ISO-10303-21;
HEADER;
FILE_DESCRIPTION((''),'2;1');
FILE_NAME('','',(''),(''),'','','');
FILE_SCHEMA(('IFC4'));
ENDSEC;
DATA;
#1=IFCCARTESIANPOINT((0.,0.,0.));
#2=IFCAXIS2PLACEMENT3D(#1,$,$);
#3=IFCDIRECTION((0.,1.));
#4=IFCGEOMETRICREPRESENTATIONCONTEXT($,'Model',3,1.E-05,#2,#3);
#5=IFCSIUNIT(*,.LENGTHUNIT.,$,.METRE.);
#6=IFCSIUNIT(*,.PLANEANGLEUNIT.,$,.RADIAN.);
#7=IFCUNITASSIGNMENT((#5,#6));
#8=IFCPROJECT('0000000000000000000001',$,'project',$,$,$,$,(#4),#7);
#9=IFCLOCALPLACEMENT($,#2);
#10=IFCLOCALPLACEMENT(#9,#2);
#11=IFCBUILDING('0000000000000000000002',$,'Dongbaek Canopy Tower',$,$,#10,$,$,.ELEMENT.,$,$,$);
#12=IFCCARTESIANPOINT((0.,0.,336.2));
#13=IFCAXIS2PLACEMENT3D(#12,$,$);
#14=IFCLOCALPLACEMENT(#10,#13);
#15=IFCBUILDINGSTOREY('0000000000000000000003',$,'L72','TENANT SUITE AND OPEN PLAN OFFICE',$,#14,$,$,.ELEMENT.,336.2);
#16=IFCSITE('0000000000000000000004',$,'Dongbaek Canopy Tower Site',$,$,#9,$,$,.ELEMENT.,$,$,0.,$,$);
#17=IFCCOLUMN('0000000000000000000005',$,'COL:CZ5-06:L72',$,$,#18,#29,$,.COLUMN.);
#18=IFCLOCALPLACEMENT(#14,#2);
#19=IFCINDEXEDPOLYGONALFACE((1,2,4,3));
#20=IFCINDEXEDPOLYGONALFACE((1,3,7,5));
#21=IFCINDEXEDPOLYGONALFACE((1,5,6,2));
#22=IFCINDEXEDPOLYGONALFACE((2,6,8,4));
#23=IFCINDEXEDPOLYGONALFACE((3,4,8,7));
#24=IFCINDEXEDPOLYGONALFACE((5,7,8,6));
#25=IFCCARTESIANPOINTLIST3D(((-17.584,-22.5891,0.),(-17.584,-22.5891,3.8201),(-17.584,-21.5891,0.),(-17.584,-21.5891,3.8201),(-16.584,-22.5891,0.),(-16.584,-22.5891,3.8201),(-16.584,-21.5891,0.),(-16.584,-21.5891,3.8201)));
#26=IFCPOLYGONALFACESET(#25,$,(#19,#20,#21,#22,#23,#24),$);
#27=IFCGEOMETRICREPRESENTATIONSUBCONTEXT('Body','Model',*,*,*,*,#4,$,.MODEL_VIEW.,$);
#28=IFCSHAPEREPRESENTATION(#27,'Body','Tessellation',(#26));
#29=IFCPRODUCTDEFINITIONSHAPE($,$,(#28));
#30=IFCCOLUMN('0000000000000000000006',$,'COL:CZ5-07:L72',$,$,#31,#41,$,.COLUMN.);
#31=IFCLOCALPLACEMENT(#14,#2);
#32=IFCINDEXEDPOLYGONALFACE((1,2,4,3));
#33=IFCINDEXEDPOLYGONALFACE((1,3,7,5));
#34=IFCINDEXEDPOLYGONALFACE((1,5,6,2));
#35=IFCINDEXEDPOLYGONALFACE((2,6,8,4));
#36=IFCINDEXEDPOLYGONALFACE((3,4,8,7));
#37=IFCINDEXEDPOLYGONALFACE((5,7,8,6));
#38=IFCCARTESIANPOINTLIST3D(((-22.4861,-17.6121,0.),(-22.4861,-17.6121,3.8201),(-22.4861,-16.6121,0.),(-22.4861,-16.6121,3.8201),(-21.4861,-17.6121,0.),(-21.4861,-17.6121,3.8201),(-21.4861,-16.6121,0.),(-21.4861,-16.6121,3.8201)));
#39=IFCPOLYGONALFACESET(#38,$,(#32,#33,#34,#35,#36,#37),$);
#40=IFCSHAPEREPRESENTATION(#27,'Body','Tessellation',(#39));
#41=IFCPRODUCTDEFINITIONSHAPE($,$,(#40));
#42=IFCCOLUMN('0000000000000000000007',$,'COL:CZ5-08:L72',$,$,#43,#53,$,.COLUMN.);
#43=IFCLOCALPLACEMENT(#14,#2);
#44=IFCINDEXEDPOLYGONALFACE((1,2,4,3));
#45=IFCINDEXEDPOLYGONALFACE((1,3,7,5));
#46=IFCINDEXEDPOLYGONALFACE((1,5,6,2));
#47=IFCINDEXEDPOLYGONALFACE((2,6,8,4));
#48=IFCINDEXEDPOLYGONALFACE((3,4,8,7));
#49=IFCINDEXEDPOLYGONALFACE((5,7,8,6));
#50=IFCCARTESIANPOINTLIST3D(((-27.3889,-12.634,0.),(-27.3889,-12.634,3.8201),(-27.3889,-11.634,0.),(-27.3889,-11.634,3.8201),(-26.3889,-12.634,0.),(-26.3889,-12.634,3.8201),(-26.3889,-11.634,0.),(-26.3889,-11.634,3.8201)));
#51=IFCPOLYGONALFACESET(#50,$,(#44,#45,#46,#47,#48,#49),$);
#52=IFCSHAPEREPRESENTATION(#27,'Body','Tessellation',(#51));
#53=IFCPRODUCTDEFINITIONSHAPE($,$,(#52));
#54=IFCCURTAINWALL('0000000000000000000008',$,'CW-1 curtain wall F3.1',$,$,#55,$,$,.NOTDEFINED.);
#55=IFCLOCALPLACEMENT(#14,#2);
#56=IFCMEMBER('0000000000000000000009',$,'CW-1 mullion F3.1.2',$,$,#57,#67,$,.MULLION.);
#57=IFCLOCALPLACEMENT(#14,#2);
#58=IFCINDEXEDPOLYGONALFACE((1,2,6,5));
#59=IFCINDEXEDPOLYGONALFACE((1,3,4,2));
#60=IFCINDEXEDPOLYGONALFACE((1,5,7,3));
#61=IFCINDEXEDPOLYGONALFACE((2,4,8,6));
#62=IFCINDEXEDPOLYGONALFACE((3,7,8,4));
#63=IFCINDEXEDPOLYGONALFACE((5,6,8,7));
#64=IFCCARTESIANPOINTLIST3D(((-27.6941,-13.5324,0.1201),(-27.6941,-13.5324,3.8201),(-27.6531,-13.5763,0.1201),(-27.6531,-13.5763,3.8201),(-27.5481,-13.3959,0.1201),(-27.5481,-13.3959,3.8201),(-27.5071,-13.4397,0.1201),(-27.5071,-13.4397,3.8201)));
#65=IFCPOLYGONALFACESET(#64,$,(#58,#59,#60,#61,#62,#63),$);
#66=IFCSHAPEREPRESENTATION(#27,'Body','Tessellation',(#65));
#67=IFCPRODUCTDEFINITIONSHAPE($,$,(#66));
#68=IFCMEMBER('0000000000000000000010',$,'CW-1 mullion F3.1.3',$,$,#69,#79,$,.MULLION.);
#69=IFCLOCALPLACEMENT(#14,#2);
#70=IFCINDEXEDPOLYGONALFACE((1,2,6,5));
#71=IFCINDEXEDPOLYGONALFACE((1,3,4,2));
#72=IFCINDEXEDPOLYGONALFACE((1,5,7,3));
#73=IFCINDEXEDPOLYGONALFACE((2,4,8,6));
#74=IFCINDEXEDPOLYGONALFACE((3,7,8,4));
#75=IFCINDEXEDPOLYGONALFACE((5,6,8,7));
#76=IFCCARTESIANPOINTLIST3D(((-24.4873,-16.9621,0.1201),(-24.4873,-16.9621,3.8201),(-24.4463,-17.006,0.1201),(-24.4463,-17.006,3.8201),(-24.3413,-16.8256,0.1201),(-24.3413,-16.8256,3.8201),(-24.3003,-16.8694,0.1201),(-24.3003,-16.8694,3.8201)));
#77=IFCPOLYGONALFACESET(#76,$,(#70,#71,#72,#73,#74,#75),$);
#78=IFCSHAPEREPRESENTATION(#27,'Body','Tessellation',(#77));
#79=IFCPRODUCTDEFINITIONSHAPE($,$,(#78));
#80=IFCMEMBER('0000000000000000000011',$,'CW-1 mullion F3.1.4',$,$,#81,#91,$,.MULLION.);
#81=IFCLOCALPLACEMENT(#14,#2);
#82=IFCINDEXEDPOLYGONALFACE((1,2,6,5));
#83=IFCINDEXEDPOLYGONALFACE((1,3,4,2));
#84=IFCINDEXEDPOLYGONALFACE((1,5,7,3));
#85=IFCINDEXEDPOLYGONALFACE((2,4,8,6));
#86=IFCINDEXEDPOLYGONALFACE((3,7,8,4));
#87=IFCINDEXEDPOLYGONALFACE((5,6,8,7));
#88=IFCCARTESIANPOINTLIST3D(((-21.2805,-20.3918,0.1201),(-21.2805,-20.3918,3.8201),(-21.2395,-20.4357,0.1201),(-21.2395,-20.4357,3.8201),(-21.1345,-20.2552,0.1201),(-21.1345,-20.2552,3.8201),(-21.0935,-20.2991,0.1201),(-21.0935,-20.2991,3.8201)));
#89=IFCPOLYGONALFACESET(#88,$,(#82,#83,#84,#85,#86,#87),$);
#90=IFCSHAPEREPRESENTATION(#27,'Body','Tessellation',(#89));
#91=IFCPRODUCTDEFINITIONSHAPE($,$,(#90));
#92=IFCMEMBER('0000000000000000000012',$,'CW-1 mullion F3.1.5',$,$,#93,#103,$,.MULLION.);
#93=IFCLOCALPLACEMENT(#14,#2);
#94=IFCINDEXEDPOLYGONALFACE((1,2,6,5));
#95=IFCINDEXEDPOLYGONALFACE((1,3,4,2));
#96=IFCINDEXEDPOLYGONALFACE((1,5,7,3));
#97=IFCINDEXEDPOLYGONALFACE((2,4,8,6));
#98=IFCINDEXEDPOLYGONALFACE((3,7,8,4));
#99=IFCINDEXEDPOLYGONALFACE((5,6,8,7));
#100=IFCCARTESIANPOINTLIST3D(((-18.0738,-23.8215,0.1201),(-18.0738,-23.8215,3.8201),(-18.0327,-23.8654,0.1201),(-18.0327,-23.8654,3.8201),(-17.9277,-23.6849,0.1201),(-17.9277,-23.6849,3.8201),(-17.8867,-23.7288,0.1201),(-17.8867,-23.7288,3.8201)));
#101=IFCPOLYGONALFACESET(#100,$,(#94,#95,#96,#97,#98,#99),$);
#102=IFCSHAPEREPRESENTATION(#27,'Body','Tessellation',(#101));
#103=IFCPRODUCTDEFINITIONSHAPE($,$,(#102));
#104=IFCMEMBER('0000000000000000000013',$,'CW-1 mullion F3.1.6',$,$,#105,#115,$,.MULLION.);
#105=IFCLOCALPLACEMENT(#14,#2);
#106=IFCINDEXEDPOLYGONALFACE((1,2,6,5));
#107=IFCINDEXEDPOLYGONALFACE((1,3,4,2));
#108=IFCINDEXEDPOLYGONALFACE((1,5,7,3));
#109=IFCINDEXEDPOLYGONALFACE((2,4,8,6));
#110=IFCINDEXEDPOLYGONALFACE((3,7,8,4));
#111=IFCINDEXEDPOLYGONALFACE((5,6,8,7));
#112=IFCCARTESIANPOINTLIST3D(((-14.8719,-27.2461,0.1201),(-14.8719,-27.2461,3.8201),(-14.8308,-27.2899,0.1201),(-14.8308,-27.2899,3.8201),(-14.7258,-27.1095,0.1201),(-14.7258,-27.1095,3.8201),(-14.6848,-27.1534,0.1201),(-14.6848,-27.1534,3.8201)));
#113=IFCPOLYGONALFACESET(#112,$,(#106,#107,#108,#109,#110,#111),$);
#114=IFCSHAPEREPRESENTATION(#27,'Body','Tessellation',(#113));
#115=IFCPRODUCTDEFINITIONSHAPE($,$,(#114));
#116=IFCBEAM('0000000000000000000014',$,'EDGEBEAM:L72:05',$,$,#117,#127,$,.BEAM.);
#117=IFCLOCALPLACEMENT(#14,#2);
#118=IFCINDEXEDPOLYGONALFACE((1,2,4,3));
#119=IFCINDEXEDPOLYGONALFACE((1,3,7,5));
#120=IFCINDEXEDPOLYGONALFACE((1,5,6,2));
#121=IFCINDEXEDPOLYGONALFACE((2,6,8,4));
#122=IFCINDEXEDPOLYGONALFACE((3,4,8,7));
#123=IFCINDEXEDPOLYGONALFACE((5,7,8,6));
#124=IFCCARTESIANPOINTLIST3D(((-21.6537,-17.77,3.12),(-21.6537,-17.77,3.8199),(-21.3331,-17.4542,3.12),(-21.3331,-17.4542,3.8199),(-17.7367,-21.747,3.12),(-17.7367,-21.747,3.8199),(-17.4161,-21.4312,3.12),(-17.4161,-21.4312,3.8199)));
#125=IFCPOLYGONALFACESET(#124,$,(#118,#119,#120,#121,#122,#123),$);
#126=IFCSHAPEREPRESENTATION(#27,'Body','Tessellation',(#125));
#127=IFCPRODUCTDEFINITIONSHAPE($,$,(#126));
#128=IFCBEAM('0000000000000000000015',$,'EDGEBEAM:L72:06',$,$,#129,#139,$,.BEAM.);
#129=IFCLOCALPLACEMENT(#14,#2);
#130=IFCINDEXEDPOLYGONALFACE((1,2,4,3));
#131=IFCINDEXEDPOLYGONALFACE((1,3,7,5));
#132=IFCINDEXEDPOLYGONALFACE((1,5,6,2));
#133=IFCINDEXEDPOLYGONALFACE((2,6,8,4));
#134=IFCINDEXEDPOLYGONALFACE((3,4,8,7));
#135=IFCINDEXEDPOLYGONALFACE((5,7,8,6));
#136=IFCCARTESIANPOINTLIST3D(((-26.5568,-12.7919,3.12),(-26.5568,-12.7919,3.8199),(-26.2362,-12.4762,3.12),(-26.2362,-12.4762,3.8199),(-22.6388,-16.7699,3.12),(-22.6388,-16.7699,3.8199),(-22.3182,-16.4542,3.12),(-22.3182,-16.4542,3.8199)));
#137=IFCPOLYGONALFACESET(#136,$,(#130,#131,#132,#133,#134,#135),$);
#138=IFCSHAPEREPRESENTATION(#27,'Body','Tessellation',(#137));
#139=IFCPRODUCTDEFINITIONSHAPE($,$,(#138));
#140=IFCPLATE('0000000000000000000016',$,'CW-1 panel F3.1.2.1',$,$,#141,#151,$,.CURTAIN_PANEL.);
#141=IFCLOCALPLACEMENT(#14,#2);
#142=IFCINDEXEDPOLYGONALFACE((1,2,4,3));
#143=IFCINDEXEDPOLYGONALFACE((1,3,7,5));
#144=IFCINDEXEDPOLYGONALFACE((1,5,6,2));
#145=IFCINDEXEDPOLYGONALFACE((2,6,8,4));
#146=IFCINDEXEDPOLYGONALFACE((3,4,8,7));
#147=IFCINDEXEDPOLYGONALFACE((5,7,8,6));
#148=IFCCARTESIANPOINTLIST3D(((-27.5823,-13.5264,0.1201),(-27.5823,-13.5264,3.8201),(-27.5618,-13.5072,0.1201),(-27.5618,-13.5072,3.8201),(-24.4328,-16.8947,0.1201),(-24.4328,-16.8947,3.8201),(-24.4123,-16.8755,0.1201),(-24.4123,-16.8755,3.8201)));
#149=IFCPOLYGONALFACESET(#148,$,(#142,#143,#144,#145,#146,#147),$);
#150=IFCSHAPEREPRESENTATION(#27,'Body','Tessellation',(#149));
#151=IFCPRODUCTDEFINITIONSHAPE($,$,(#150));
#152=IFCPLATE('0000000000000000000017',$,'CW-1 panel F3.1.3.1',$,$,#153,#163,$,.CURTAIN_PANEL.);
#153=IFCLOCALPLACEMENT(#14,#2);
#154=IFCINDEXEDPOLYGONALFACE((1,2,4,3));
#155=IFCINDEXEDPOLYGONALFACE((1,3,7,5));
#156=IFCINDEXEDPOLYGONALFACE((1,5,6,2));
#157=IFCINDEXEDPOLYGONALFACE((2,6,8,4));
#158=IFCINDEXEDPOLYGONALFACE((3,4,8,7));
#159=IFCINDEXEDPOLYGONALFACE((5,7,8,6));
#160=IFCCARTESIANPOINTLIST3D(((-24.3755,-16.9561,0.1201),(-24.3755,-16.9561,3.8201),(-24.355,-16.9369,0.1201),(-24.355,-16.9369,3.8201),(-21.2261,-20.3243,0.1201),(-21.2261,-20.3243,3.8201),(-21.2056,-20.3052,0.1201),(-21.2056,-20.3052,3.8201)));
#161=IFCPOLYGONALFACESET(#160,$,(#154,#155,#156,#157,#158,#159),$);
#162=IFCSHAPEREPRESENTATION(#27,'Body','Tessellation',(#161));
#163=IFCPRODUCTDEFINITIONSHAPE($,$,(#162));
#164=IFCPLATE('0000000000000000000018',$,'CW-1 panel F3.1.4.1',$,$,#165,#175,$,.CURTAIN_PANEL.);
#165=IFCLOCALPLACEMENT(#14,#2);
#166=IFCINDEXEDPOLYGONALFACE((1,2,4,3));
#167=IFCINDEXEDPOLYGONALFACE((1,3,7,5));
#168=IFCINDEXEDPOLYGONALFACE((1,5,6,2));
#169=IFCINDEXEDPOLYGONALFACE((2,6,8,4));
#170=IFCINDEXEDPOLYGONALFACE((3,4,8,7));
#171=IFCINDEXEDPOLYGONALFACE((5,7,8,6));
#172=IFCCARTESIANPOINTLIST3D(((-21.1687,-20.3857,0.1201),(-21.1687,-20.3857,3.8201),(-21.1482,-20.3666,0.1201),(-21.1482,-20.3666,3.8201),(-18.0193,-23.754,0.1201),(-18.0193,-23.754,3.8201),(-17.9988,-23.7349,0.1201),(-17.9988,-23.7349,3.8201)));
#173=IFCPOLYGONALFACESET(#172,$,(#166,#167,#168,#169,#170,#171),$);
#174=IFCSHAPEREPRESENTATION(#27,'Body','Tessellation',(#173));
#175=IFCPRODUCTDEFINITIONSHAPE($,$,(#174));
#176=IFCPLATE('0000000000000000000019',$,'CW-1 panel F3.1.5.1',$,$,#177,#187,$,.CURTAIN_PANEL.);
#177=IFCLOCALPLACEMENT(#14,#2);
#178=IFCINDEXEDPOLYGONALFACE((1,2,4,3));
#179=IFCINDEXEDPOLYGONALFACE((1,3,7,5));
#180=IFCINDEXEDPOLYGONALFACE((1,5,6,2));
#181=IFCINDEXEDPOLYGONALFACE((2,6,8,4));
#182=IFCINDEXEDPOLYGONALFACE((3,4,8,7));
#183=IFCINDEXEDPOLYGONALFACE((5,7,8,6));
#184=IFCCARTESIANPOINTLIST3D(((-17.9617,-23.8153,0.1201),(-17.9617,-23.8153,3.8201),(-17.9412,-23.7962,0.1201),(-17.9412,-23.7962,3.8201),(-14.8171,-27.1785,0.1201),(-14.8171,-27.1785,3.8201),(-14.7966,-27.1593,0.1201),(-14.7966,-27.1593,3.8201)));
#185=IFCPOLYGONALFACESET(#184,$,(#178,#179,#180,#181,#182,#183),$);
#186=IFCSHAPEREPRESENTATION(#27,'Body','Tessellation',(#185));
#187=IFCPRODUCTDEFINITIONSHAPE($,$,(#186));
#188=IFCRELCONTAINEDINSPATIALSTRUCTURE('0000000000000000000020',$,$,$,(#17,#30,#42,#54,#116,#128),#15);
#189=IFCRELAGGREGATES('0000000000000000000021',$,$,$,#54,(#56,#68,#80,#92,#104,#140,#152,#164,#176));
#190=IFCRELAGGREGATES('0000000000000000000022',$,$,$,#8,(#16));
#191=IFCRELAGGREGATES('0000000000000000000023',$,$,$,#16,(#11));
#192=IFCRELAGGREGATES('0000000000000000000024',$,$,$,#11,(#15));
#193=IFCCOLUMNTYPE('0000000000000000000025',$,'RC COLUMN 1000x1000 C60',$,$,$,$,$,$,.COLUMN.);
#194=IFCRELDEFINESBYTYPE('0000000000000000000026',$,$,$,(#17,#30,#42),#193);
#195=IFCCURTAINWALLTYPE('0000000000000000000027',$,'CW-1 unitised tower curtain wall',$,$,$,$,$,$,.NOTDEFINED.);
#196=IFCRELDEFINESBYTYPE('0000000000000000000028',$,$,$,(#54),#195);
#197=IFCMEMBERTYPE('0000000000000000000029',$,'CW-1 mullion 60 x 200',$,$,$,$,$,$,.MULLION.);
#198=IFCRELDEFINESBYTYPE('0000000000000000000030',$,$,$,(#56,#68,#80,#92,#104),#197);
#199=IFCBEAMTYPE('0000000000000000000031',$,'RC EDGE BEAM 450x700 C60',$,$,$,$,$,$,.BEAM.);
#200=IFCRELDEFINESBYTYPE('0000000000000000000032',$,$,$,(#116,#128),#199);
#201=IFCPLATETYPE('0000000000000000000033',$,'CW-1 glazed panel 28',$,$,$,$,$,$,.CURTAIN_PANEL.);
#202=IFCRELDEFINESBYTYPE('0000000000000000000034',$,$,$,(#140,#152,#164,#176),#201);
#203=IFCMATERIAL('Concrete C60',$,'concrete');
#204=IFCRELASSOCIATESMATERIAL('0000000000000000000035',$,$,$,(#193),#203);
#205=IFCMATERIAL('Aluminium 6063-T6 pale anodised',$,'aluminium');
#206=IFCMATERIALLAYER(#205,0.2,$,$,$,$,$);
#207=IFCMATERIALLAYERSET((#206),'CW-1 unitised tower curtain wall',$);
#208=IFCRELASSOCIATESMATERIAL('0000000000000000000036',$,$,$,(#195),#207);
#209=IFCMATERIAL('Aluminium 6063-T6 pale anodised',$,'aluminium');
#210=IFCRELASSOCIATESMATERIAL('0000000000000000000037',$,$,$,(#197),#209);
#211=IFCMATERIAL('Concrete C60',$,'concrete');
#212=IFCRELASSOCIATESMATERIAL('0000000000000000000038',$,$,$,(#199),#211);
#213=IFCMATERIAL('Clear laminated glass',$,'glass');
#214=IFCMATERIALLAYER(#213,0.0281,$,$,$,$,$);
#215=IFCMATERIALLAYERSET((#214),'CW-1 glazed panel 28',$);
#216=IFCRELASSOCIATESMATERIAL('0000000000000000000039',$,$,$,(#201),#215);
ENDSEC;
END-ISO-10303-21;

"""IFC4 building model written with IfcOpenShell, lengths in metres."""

from ifc_helpers import new_model, si_unit, direction, frame, origin, origin_2d, place, context, subcontext, project, spatial, rectangle, extrude, material, layer, layer_set, material_profile, profile_set, type_object, element, aggregate, save


model = new_model("IFC4")

# Units and contexts
model_context = context("Model", 3, precision=1e-05, world=origin(), true_north=direction((0.0, 1.0)))
body_context = subcontext(model_context, "Body", "Model", "MODEL_VIEW")
ifc_project = project(units=[si_unit("LENGTHUNIT", "METRE"), si_unit("PLANEANGLEUNIT", "RADIAN")], contexts=[model_context])

# Site, building, storey
site_placement = place(None, origin())
site = spatial("IfcSite", under=ifc_project, at=site_placement, Name="Dongbaek Canopy Tower Site", CompositionType="ELEMENT", RefElevation=0.0)
building_placement = place(site_placement, origin())
building = spatial("IfcBuilding", under=site, at=building_placement, Name="Dongbaek Canopy Tower", CompositionType="ELEMENT")
storey_placement = place(building_placement, frame((0.0, 0.0, 336.2)))
storey = spatial("IfcBuildingStorey", under=building, at=storey_placement, Name="L72", Description="TENANT SUITE AND OPEN PLAN OFFICE", CompositionType="ELEMENT", Elevation=336.2)

# Columns
ifc_material_1 = material(Name="Concrete C60", Category="concrete")
ifc_material_profile_1 = material_profile(ifc_material_1, rectangle(XDim=1.0, YDim=1.0, at=origin_2d()), Name="RC COLUMN 1000x1000 C60")
ifc_profile_set_1 = profile_set([ifc_material_profile_1], Name="Concrete C60")
column_type = type_object("IfcColumnType", Name="RC COLUMN 1000x1000 C60", PredefinedType="COLUMN", material=ifc_profile_set_1)
for number, where, z_axis, x_axis, name in (
    (1, (-17.084, -22.0891, 0.0), (0.0, 0.0, 1.0), (1.0, 0.0, 0.0), "COL:CZ5-06:L72"),
    (2, (-21.9861, -17.1121, 0.0), (0.0, 0.0, 1.0), (1.0, 0.0, 0.0), "COL:CZ5-07:L72"),
    (3, (-26.8889, -12.134, 0.0), (0.0, 0.0, 1.0), (1.0, 0.0, 0.0), "COL:CZ5-08:L72"),
):
    element("IfcColumn", number, at=place(storey_placement, frame(where, z_axis=z_axis, x_axis=x_axis)), inside=storey, type_object=column_type, Name=name, PredefinedType="COLUMN", context=body_context, shape_type="SweptSolid", body=[
        extrude(rectangle(XDim=1.0, YDim=1.0, at=origin_2d()), origin(), (0.0, 0.0, 1.0), 3.8201),
    ])

# Curtain wall, members
ifc_material_2 = material(Name="Aluminium 6063-T6 pale anodised", Category="aluminium")
ifc_layer_1 = layer(ifc_material_2, 0.2)
ifc_layer_set_1 = layer_set([ifc_layer_1], Name="CW-1 unitised tower curtain wall")
curtain_wall_type = type_object("IfcCurtainWallType", Name="CW-1 unitised tower curtain wall", PredefinedType="NOTDEFINED", material=ifc_layer_set_1)
curtain_wall_1_placement = place(storey_placement, origin())
curtain_wall_1 = element("IfcCurtainWall", 4, at=curtain_wall_1_placement, inside=storey, type_object=curtain_wall_type, Name="CW-1 curtain wall F3.1", PredefinedType="NOTDEFINED")
ifc_material_3 = material(Name="Aluminium 6063-T6 pale anodised", Category="aluminium")
ifc_material_profile_2 = material_profile(ifc_material_3, rectangle(XDim=0.2, YDim=0.0601, at=origin_2d()), Name="CW-1 mullion 60 x 200")
ifc_profile_set_2 = profile_set([ifc_material_profile_2], Name="Aluminium 6063-T6 pale anodised")
member_type = type_object("IfcMemberType", Name="CW-1 mullion 60 x 200", PredefinedType="MULLION", material=ifc_profile_set_2)
member_1_placement = place(storey_placement, frame((-27.6006, -13.4861, 0.1201), z_axis=(0.0, 0.0, 1.0), x_axis=(-0.730438, -0.682979, 0.0)))
member_1 = element("IfcMember", 5, at=member_1_placement, type_object=member_type, Name="CW-1 mullion F3.1.2", PredefinedType="MULLION", context=body_context, shape_type="SweptSolid", body=[
    extrude(rectangle(XDim=0.2, YDim=0.0601, at=origin_2d()), origin(), (0.0, 0.0, 1.0), 3.7),
])
member_2_placement = place(storey_placement, frame((-24.3938, -16.9158, 0.1201), z_axis=(0.0, 0.0, 1.0), x_axis=(-0.730438, -0.682979, 0.0)))
member_2 = element("IfcMember", 6, at=member_2_placement, type_object=member_type, Name="CW-1 mullion F3.1.3", PredefinedType="MULLION", context=body_context, shape_type="SweptSolid", body=[
    extrude(rectangle(XDim=0.2, YDim=0.0601, at=origin_2d()), origin(), (0.0, 0.0, 1.0), 3.7),
])
member_3_placement = place(storey_placement, frame((-21.187, -20.3455, 0.1201), z_axis=(0.0, 0.0, 1.0), x_axis=(-0.730438, -0.682979, 0.0)))
member_3 = element("IfcMember", 7, at=member_3_placement, type_object=member_type, Name="CW-1 mullion F3.1.4", PredefinedType="MULLION", context=body_context, shape_type="SweptSolid", body=[
    extrude(rectangle(XDim=0.2, YDim=0.0601, at=origin_2d()), origin(), (0.0, 0.0, 1.0), 3.7),
])
member_4_placement = place(storey_placement, frame((-17.9802, -23.7751, 0.1201), z_axis=(0.0, 0.0, 1.0), x_axis=(-0.730438, -0.682979, 0.0)))
member_4 = element("IfcMember", 8, at=member_4_placement, type_object=member_type, Name="CW-1 mullion F3.1.5", PredefinedType="MULLION", context=body_context, shape_type="SweptSolid", body=[
    extrude(rectangle(XDim=0.2, YDim=0.0601, at=origin_2d()), origin(), (0.0, 0.0, 1.0), 3.7),
])
member_5_placement = place(storey_placement, frame((-14.7783, -27.1997, 0.1201), z_axis=(0.0, 0.0, 1.0), x_axis=(-0.730438, -0.682979, 0.0)))
member_5 = element("IfcMember", 9, at=member_5_placement, type_object=member_type, Name="CW-1 mullion F3.1.6", PredefinedType="MULLION", context=body_context, shape_type="SweptSolid", body=[
    extrude(rectangle(XDim=0.2, YDim=0.0601, at=origin_2d()), origin(), (0.0, 0.0, 1.0), 3.7),
])

# Beams
ifc_material_4 = material(Name="Concrete C60", Category="concrete")
ifc_material_profile_3 = material_profile(ifc_material_4, rectangle(XDim=0.45, YDim=0.7, at=origin_2d()), Name="RC EDGE BEAM 450x700 C60")
ifc_profile_set_3 = profile_set([ifc_material_profile_3], Name="Concrete C60")
beam_type = type_object("IfcBeamType", Name="RC EDGE BEAM 450x700 C60", PredefinedType="BEAM", material=ifc_profile_set_3)
beam_1_placement = place(storey_placement, frame((-17.5764, -21.5891, 3.47), z_axis=(-0.701707, 0.712466, 0.0), x_axis=(-0.712466, -0.701707, 0.0)))
element("IfcBeam", 10, at=beam_1_placement, inside=storey, type_object=beam_type, Name="EDGEBEAM:L72:05", PredefinedType="BEAM", context=body_context, shape_type="SweptSolid", body=[
    extrude(rectangle(XDim=0.45, YDim=0.7, at=origin_2d()), origin(), (0.0, 0.0, 1.0), 5.582),
])
beam_2_placement = place(storey_placement, frame((-22.4785, -16.6121, 3.47), z_axis=(-0.701708, 0.712465, 0.0), x_axis=(-0.712465, -0.701708, 0.0)))
element("IfcBeam", 11, at=beam_2_placement, inside=storey, type_object=beam_type, Name="EDGEBEAM:L72:06", PredefinedType="BEAM", context=body_context, shape_type="SweptSolid", body=[
    extrude(rectangle(XDim=0.45, YDim=0.7, at=origin_2d()), origin(), (0.0, 0.0, 1.0), 5.5835),
])

# Plates
ifc_material_5 = material(Name="Clear laminated glass", Category="glass")
ifc_layer_2 = layer(ifc_material_5, 0.0281)
ifc_layer_set_2 = layer_set([ifc_layer_2], Name="CW-1 glazed panel 28")
plate_type = type_object("IfcPlateType", Name="CW-1 glazed panel 28", PredefinedType="CURTAIN_PANEL", material=ifc_layer_set_2)
plate_1_placement = place(storey_placement, frame((-25.9973, -15.2009, 0.1201), z_axis=(0.0, 0.0, 1.0), x_axis=(0.682979, -0.730438, 0.0)))
plate_1 = element("IfcPlate", 12, at=plate_1_placement, type_object=plate_type, Name="CW-1 panel F3.1.2.1", PredefinedType="CURTAIN_PANEL", context=body_context, shape_type="SweptSolid", body=[
    extrude(rectangle(XDim=4.6113, YDim=0.0281, at=origin_2d()), origin(), (0.0, 0.0, 1.0), 3.7),
])
plate_2_placement = place(storey_placement, frame((-22.7905, -18.6306, 0.1201), z_axis=(0.0, 0.0, 1.0), x_axis=(0.682979, -0.730438, 0.0)))
plate_2 = element("IfcPlate", 13, at=plate_2_placement, type_object=plate_type, Name="CW-1 panel F3.1.3.1", PredefinedType="CURTAIN_PANEL", context=body_context, shape_type="SweptSolid", body=[
    extrude(rectangle(XDim=4.6113, YDim=0.0281, at=origin_2d()), origin(), (0.0, 0.0, 1.0), 3.7),
])
plate_3_placement = place(storey_placement, frame((-19.5837, -22.0603, 0.1201), z_axis=(0.0, 0.0, 1.0), x_axis=(0.682979, -0.730438, 0.0)))
plate_3 = element("IfcPlate", 14, at=plate_3_placement, type_object=plate_type, Name="CW-1 panel F3.1.4.1", PredefinedType="CURTAIN_PANEL", context=body_context, shape_type="SweptSolid", body=[
    extrude(rectangle(XDim=4.6113, YDim=0.0281, at=origin_2d()), origin(), (0.0, 0.0, 1.0), 3.7),
])
plate_4_placement = place(storey_placement, frame((-16.3792, -25.4873, 0.1201), z_axis=(0.0, 0.0, 1.0), x_axis=(0.682979, -0.730438, 0.0)))
plate_4 = element("IfcPlate", 15, at=plate_4_placement, type_object=plate_type, Name="CW-1 panel F3.1.5.1", PredefinedType="CURTAIN_PANEL", context=body_context, shape_type="SweptSolid", body=[
    extrude(rectangle(XDim=4.6042, YDim=0.0281, at=origin_2d()), origin(), (0.0, 0.0, 1.0), 3.7),
])

aggregate(curtain_wall_1, [member_1, member_2, member_3, member_4, member_5, plate_1, plate_2, plate_3, plate_4])

save(model, "model.ifc")
